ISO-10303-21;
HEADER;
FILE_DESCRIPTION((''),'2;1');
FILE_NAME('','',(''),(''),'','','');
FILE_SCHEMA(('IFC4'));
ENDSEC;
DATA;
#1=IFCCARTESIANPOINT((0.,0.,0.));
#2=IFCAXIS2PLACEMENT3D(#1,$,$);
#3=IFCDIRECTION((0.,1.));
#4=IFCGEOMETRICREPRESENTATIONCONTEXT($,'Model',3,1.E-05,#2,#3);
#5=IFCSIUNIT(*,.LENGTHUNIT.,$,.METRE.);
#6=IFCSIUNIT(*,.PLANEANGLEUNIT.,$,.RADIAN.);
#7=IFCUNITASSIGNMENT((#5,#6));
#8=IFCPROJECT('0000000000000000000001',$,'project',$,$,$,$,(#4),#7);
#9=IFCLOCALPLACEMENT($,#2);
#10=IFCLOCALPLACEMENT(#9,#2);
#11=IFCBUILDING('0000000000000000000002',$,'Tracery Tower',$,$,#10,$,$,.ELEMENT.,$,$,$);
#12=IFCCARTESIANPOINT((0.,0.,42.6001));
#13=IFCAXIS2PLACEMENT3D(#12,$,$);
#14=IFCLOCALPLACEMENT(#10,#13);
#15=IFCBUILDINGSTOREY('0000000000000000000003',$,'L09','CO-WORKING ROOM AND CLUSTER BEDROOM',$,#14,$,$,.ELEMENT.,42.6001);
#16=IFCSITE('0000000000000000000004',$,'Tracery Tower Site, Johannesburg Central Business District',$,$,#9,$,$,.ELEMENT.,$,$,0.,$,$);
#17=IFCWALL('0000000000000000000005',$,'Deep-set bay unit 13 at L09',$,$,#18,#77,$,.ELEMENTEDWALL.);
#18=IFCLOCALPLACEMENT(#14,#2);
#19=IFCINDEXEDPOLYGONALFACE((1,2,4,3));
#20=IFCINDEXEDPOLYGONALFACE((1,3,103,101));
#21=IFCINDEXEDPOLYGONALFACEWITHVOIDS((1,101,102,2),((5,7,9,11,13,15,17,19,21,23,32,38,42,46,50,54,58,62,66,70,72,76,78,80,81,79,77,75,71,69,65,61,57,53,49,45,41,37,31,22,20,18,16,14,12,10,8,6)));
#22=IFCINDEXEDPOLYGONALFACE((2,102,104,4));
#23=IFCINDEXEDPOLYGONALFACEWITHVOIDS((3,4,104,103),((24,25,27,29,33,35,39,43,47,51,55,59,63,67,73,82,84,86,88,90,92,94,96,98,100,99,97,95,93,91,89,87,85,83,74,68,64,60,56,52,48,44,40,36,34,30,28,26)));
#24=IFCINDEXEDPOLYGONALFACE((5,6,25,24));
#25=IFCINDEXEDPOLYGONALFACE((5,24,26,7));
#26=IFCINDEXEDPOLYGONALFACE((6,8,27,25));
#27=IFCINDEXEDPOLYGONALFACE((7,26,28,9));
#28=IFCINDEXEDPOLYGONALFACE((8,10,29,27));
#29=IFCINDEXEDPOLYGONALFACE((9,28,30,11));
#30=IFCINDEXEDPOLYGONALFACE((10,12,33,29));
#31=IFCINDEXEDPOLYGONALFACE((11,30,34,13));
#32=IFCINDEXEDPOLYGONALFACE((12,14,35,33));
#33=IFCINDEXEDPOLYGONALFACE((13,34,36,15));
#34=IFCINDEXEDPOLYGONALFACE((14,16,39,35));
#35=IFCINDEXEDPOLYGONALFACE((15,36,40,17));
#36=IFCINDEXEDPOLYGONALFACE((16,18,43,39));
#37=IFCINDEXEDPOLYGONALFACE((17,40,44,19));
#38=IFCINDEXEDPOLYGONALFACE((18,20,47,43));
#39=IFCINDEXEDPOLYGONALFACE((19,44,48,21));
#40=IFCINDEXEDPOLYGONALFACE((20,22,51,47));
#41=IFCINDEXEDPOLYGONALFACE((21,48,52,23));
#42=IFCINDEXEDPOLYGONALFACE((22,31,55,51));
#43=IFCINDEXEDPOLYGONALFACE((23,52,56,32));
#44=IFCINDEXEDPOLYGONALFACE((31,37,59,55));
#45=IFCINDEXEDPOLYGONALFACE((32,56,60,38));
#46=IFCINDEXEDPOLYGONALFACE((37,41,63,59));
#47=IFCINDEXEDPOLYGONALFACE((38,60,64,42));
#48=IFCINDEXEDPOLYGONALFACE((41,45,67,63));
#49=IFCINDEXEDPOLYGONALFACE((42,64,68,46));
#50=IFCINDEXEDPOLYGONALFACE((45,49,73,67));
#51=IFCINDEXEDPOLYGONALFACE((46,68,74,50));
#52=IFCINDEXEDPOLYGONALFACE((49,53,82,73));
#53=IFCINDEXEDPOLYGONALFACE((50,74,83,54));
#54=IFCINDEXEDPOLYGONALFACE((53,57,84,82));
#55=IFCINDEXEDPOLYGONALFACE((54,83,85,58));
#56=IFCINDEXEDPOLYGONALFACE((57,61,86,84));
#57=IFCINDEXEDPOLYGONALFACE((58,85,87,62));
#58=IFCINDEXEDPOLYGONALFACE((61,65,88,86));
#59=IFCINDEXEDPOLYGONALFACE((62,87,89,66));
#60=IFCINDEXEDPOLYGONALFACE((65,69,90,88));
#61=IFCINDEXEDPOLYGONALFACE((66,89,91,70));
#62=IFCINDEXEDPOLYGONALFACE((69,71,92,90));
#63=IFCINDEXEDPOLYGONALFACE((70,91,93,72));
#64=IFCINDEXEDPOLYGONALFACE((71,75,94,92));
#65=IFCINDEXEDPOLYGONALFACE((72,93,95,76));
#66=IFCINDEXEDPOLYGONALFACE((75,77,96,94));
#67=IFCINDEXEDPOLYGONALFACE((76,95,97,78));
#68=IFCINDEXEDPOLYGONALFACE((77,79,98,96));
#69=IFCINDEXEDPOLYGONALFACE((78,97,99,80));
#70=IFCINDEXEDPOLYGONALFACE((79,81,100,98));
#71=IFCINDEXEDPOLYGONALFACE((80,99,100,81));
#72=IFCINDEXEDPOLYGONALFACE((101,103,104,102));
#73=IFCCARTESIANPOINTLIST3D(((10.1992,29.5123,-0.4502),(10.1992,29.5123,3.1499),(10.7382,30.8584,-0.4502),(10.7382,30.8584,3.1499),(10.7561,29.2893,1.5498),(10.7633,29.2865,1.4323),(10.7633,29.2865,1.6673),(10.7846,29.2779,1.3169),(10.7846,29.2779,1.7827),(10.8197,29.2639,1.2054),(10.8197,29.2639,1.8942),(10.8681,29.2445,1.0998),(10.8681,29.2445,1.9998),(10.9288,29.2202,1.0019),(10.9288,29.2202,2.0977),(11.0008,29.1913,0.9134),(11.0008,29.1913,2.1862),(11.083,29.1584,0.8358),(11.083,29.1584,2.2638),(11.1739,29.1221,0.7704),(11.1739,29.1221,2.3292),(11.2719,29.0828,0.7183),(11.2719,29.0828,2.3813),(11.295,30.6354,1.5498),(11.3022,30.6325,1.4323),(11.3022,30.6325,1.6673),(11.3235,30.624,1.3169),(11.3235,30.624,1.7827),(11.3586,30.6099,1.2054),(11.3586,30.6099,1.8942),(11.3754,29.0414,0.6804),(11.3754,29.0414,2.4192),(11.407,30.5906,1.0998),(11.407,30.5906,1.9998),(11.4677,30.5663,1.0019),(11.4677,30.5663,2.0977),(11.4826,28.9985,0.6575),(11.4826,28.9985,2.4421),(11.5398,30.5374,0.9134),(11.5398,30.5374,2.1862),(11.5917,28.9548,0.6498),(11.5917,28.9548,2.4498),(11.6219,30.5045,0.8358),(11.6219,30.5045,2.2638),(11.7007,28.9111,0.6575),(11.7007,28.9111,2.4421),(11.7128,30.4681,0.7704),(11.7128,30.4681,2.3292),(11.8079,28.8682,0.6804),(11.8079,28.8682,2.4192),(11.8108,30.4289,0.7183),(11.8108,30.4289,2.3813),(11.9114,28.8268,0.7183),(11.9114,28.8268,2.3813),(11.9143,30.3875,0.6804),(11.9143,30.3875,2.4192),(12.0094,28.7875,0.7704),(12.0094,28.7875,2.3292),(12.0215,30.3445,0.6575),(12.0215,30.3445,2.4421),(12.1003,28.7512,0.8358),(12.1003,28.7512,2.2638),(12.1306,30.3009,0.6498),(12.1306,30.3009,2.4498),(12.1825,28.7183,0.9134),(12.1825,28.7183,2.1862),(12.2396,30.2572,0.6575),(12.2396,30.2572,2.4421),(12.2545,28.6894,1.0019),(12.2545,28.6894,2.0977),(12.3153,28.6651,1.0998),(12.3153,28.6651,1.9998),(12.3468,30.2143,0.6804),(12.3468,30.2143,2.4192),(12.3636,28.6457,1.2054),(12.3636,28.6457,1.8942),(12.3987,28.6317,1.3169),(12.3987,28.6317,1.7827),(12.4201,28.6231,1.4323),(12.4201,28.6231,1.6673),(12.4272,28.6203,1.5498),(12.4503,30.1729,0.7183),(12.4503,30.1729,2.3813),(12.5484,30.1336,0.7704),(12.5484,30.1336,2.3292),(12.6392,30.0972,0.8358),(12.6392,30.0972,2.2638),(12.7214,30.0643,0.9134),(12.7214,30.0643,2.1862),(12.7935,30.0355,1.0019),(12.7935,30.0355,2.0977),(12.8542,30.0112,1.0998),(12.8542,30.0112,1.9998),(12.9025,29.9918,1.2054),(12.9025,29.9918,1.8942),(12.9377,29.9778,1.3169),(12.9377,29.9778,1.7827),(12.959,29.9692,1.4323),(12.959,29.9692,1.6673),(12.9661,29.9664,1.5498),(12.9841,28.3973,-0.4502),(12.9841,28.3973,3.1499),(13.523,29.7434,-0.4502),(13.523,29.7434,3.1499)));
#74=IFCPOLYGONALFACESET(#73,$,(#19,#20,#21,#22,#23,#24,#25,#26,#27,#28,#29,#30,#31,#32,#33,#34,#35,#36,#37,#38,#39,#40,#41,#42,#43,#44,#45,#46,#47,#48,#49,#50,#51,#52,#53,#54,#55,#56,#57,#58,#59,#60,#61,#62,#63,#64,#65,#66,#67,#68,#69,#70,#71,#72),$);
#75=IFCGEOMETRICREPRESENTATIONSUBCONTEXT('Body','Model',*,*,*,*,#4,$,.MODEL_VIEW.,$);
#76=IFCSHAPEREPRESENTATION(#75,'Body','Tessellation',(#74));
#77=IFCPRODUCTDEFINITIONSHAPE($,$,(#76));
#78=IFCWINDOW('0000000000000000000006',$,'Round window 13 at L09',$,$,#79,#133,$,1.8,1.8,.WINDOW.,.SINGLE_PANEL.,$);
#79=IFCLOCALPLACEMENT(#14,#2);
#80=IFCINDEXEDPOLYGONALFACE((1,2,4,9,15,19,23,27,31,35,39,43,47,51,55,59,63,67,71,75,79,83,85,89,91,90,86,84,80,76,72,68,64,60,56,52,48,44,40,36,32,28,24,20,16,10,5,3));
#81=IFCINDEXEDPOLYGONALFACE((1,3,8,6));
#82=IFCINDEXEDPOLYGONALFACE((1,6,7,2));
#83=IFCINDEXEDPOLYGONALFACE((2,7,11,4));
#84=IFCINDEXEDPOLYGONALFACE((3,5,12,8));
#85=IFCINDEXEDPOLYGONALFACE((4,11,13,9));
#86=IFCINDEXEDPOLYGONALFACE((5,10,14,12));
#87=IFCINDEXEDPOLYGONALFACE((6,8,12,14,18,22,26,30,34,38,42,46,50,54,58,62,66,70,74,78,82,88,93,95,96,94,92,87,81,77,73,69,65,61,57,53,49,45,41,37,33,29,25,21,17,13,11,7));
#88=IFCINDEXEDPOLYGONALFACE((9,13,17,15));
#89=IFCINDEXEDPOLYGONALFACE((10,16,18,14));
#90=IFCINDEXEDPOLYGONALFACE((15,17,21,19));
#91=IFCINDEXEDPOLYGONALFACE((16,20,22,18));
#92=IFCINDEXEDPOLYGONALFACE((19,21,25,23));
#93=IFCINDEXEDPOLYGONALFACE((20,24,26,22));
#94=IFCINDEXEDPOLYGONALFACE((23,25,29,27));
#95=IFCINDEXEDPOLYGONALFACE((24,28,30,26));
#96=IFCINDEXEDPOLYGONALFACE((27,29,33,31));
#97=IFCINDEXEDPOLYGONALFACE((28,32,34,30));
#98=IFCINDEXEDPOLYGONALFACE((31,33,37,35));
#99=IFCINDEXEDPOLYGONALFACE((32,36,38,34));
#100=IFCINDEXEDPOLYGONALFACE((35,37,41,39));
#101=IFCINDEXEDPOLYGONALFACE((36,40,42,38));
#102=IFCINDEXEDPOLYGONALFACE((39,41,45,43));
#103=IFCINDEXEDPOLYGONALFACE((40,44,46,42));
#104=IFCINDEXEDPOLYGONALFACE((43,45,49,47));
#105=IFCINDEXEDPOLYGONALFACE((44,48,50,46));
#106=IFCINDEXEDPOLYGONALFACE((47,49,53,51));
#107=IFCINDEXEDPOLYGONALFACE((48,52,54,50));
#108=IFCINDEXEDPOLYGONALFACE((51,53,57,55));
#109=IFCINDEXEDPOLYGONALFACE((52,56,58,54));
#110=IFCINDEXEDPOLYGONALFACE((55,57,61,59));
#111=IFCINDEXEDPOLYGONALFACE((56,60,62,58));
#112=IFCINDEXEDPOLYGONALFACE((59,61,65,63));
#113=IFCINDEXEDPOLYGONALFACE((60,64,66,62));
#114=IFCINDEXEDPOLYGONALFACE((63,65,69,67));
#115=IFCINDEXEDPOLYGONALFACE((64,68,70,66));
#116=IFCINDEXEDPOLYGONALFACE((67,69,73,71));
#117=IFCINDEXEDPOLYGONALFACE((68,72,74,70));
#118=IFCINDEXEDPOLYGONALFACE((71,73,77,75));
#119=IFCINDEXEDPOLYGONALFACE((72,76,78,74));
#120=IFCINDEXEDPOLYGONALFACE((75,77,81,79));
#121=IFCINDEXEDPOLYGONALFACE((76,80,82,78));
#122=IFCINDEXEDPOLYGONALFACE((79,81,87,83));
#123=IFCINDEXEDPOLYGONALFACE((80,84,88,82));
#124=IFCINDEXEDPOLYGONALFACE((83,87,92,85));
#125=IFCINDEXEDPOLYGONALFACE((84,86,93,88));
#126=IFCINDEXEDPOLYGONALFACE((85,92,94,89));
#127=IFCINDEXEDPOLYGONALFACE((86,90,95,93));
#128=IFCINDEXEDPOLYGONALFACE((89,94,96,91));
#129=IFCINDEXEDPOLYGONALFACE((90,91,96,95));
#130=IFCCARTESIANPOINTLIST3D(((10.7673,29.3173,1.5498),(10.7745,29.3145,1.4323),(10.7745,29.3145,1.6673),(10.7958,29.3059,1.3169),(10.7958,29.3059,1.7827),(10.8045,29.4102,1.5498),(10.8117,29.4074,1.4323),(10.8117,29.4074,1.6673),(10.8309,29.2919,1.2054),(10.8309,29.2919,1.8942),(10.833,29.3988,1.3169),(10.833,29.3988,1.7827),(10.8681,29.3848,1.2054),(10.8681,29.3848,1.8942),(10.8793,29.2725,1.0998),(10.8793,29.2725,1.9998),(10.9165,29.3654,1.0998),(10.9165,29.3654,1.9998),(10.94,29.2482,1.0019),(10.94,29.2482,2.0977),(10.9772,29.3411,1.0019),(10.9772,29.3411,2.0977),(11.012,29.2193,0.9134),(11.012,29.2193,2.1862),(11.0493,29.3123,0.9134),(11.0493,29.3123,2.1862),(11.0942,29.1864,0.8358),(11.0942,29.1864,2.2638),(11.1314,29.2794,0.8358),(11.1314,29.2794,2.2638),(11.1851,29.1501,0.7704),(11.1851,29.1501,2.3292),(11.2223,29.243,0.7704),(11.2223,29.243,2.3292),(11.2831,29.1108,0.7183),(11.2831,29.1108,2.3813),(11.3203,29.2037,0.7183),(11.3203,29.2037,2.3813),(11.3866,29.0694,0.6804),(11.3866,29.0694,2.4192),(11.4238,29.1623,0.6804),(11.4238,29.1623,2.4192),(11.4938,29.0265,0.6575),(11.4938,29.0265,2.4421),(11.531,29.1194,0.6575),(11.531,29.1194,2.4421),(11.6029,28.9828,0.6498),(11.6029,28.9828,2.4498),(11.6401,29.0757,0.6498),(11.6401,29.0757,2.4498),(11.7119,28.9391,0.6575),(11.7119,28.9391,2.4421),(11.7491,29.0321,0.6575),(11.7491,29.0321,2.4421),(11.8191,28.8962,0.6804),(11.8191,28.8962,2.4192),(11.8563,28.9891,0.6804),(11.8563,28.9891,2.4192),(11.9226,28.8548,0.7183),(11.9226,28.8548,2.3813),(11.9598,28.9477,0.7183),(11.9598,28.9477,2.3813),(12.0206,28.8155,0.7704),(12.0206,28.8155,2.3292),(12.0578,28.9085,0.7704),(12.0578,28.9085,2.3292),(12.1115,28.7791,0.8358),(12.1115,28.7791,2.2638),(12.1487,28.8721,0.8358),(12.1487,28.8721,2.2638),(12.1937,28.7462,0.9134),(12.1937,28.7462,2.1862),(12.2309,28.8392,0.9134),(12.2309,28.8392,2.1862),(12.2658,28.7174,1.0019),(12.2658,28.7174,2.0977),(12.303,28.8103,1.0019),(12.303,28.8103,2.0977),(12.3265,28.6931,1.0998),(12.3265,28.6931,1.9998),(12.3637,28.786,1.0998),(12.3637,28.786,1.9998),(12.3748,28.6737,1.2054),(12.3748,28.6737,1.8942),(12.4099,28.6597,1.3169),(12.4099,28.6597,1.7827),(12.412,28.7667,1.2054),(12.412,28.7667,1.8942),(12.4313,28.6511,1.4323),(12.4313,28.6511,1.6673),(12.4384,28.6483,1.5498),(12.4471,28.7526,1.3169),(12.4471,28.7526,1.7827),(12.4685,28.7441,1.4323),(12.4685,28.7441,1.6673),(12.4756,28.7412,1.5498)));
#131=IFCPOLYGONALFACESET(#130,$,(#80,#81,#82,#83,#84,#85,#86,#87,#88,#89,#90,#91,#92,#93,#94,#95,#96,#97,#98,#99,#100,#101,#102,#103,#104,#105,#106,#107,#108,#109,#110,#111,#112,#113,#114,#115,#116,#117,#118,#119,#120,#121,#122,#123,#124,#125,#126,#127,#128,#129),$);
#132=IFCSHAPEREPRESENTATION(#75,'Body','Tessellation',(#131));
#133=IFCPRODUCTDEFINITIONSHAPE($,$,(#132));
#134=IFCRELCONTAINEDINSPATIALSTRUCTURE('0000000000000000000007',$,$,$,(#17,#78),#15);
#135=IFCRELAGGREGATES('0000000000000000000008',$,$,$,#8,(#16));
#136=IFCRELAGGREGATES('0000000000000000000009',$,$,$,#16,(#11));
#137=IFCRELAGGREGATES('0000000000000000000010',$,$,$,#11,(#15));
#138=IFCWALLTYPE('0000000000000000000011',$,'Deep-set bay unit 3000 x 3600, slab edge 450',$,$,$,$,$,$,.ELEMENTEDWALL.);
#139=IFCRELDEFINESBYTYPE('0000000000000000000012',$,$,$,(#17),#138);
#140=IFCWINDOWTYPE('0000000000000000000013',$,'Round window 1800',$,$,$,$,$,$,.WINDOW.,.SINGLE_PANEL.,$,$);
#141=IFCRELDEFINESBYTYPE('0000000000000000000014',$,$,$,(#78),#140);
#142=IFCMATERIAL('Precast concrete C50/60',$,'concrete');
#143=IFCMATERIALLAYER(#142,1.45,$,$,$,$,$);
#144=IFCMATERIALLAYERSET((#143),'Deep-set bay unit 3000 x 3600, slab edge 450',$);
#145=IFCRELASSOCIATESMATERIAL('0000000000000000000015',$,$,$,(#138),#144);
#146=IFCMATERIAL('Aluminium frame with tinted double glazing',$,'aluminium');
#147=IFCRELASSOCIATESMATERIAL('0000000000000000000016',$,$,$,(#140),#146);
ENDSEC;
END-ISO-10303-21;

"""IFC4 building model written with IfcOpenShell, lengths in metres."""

from ifc_helpers import new_model, si_unit, direction, frame, frame_2d, origin, origin_2d, place, context, subcontext, project, spatial, rectangle, circle, extrude, material, layer, layer_set, type_object, element, fill, save


model = new_model("IFC4")

# Units and contexts
model_context = context("Model", 3, precision=1e-05, world=origin(), true_north=direction((0.0, 1.0)))
body_context = subcontext(model_context, "Body", "Model", "MODEL_VIEW")
ifc_project = project(units=[si_unit("LENGTHUNIT", "METRE"), si_unit("PLANEANGLEUNIT", "RADIAN")], contexts=[model_context])

# Site, building, storey
site_placement = place(None, origin())
site = spatial("IfcSite", under=ifc_project, at=site_placement, Name="Tracery Tower Site, Johannesburg Central Business District", CompositionType="ELEMENT", RefElevation=0.0)
building_placement = place(site_placement, origin())
building = spatial("IfcBuilding", under=site, at=building_placement, Name="Tracery Tower", CompositionType="ELEMENT")
storey_placement = place(building_placement, frame((0.0, 0.0, 42.6001)))
storey = spatial("IfcBuildingStorey", under=building, at=storey_placement, Name="L09", Description="CO-WORKING ROOM AND CLUSTER BEDROOM", CompositionType="ELEMENT", Elevation=42.6001)

# Wall, opening, window
ifc_material_1 = material(Name="Precast concrete C50/60", Category="concrete")
ifc_layer_1 = layer(ifc_material_1, 1.45)
ifc_layer_set_1 = layer_set([ifc_layer_1], Name="Deep-set bay unit 3000 x 3600, slab edge 450")
wall_type_1 = type_object("IfcWallType", Name="Deep-set bay unit 3000 x 3600, slab edge 450", PredefinedType="ELEMENTEDWALL", material=ifc_layer_set_1)
wall_1_placement = place(storey_placement, frame((13.2537, 29.0703, -0.4502), z_axis=(0.0, 0.0, 1.0), x_axis=(-0.928359, 0.371685, 0.0)))
wall_1 = element("IfcWall", 1, at=wall_1_placement, inside=storey, type_object=wall_type_1, Name="Deep-set bay unit 13 at L09", PredefinedType="ELEMENTEDWALL", context=body_context, shape_type="SweptSolid", body=[
    extrude(rectangle(XDim=2.9998, YDim=1.45, at=frame_2d((1.5, 0.0))), origin(), (0.0, 0.0, 1.0), 3.6001),
])
opening_1_placement = place(wall_1_placement, frame((1.5, 0.0, 2.0)))
opening_1 = element("IfcOpeningElement", 2, at=opening_1_placement, cuts=wall_1, PredefinedType="OPENING", context=body_context, shape_type="SweptSolid", body=[
    extrude(circle(Radius=0.9, at=origin_2d()), frame((0.0, 0.7349, 0.0), z_axis=(0.0, -1.0, 0.0), x_axis=(1.0, 0.0, 0.0)), (0.0, 0.0, 1.0), 1.47),
])
ifc_material_2 = material(Name="Aluminium frame with tinted double glazing", Category="aluminium")
window_type = type_object("IfcWindowType", Name="Round window 1800", PartitioningType="SINGLE_PANEL", PredefinedType="WINDOW", material=ifc_material_2)
window_1_placement = place(opening_1_placement, origin())
window_1 = element("IfcWindow", 3, at=window_1_placement, inside=storey, type_object=window_type, Name="Round window 13 at L09", OverallHeight=1.8, OverallWidth=1.8, PartitioningType="SINGLE_PANEL", PredefinedType="WINDOW", context=body_context, shape_type="SweptSolid", body=[
    extrude(circle(Radius=0.9, at=origin_2d()), frame((0.0, 0.6948, 0.0), z_axis=(0.0, -1.0, 0.0), x_axis=(1.0, 0.0, 0.0)), (0.0, 0.0, 1.0), 0.1001),
])
fill(opening_1, window_1)

save(model, "model.ifc")
